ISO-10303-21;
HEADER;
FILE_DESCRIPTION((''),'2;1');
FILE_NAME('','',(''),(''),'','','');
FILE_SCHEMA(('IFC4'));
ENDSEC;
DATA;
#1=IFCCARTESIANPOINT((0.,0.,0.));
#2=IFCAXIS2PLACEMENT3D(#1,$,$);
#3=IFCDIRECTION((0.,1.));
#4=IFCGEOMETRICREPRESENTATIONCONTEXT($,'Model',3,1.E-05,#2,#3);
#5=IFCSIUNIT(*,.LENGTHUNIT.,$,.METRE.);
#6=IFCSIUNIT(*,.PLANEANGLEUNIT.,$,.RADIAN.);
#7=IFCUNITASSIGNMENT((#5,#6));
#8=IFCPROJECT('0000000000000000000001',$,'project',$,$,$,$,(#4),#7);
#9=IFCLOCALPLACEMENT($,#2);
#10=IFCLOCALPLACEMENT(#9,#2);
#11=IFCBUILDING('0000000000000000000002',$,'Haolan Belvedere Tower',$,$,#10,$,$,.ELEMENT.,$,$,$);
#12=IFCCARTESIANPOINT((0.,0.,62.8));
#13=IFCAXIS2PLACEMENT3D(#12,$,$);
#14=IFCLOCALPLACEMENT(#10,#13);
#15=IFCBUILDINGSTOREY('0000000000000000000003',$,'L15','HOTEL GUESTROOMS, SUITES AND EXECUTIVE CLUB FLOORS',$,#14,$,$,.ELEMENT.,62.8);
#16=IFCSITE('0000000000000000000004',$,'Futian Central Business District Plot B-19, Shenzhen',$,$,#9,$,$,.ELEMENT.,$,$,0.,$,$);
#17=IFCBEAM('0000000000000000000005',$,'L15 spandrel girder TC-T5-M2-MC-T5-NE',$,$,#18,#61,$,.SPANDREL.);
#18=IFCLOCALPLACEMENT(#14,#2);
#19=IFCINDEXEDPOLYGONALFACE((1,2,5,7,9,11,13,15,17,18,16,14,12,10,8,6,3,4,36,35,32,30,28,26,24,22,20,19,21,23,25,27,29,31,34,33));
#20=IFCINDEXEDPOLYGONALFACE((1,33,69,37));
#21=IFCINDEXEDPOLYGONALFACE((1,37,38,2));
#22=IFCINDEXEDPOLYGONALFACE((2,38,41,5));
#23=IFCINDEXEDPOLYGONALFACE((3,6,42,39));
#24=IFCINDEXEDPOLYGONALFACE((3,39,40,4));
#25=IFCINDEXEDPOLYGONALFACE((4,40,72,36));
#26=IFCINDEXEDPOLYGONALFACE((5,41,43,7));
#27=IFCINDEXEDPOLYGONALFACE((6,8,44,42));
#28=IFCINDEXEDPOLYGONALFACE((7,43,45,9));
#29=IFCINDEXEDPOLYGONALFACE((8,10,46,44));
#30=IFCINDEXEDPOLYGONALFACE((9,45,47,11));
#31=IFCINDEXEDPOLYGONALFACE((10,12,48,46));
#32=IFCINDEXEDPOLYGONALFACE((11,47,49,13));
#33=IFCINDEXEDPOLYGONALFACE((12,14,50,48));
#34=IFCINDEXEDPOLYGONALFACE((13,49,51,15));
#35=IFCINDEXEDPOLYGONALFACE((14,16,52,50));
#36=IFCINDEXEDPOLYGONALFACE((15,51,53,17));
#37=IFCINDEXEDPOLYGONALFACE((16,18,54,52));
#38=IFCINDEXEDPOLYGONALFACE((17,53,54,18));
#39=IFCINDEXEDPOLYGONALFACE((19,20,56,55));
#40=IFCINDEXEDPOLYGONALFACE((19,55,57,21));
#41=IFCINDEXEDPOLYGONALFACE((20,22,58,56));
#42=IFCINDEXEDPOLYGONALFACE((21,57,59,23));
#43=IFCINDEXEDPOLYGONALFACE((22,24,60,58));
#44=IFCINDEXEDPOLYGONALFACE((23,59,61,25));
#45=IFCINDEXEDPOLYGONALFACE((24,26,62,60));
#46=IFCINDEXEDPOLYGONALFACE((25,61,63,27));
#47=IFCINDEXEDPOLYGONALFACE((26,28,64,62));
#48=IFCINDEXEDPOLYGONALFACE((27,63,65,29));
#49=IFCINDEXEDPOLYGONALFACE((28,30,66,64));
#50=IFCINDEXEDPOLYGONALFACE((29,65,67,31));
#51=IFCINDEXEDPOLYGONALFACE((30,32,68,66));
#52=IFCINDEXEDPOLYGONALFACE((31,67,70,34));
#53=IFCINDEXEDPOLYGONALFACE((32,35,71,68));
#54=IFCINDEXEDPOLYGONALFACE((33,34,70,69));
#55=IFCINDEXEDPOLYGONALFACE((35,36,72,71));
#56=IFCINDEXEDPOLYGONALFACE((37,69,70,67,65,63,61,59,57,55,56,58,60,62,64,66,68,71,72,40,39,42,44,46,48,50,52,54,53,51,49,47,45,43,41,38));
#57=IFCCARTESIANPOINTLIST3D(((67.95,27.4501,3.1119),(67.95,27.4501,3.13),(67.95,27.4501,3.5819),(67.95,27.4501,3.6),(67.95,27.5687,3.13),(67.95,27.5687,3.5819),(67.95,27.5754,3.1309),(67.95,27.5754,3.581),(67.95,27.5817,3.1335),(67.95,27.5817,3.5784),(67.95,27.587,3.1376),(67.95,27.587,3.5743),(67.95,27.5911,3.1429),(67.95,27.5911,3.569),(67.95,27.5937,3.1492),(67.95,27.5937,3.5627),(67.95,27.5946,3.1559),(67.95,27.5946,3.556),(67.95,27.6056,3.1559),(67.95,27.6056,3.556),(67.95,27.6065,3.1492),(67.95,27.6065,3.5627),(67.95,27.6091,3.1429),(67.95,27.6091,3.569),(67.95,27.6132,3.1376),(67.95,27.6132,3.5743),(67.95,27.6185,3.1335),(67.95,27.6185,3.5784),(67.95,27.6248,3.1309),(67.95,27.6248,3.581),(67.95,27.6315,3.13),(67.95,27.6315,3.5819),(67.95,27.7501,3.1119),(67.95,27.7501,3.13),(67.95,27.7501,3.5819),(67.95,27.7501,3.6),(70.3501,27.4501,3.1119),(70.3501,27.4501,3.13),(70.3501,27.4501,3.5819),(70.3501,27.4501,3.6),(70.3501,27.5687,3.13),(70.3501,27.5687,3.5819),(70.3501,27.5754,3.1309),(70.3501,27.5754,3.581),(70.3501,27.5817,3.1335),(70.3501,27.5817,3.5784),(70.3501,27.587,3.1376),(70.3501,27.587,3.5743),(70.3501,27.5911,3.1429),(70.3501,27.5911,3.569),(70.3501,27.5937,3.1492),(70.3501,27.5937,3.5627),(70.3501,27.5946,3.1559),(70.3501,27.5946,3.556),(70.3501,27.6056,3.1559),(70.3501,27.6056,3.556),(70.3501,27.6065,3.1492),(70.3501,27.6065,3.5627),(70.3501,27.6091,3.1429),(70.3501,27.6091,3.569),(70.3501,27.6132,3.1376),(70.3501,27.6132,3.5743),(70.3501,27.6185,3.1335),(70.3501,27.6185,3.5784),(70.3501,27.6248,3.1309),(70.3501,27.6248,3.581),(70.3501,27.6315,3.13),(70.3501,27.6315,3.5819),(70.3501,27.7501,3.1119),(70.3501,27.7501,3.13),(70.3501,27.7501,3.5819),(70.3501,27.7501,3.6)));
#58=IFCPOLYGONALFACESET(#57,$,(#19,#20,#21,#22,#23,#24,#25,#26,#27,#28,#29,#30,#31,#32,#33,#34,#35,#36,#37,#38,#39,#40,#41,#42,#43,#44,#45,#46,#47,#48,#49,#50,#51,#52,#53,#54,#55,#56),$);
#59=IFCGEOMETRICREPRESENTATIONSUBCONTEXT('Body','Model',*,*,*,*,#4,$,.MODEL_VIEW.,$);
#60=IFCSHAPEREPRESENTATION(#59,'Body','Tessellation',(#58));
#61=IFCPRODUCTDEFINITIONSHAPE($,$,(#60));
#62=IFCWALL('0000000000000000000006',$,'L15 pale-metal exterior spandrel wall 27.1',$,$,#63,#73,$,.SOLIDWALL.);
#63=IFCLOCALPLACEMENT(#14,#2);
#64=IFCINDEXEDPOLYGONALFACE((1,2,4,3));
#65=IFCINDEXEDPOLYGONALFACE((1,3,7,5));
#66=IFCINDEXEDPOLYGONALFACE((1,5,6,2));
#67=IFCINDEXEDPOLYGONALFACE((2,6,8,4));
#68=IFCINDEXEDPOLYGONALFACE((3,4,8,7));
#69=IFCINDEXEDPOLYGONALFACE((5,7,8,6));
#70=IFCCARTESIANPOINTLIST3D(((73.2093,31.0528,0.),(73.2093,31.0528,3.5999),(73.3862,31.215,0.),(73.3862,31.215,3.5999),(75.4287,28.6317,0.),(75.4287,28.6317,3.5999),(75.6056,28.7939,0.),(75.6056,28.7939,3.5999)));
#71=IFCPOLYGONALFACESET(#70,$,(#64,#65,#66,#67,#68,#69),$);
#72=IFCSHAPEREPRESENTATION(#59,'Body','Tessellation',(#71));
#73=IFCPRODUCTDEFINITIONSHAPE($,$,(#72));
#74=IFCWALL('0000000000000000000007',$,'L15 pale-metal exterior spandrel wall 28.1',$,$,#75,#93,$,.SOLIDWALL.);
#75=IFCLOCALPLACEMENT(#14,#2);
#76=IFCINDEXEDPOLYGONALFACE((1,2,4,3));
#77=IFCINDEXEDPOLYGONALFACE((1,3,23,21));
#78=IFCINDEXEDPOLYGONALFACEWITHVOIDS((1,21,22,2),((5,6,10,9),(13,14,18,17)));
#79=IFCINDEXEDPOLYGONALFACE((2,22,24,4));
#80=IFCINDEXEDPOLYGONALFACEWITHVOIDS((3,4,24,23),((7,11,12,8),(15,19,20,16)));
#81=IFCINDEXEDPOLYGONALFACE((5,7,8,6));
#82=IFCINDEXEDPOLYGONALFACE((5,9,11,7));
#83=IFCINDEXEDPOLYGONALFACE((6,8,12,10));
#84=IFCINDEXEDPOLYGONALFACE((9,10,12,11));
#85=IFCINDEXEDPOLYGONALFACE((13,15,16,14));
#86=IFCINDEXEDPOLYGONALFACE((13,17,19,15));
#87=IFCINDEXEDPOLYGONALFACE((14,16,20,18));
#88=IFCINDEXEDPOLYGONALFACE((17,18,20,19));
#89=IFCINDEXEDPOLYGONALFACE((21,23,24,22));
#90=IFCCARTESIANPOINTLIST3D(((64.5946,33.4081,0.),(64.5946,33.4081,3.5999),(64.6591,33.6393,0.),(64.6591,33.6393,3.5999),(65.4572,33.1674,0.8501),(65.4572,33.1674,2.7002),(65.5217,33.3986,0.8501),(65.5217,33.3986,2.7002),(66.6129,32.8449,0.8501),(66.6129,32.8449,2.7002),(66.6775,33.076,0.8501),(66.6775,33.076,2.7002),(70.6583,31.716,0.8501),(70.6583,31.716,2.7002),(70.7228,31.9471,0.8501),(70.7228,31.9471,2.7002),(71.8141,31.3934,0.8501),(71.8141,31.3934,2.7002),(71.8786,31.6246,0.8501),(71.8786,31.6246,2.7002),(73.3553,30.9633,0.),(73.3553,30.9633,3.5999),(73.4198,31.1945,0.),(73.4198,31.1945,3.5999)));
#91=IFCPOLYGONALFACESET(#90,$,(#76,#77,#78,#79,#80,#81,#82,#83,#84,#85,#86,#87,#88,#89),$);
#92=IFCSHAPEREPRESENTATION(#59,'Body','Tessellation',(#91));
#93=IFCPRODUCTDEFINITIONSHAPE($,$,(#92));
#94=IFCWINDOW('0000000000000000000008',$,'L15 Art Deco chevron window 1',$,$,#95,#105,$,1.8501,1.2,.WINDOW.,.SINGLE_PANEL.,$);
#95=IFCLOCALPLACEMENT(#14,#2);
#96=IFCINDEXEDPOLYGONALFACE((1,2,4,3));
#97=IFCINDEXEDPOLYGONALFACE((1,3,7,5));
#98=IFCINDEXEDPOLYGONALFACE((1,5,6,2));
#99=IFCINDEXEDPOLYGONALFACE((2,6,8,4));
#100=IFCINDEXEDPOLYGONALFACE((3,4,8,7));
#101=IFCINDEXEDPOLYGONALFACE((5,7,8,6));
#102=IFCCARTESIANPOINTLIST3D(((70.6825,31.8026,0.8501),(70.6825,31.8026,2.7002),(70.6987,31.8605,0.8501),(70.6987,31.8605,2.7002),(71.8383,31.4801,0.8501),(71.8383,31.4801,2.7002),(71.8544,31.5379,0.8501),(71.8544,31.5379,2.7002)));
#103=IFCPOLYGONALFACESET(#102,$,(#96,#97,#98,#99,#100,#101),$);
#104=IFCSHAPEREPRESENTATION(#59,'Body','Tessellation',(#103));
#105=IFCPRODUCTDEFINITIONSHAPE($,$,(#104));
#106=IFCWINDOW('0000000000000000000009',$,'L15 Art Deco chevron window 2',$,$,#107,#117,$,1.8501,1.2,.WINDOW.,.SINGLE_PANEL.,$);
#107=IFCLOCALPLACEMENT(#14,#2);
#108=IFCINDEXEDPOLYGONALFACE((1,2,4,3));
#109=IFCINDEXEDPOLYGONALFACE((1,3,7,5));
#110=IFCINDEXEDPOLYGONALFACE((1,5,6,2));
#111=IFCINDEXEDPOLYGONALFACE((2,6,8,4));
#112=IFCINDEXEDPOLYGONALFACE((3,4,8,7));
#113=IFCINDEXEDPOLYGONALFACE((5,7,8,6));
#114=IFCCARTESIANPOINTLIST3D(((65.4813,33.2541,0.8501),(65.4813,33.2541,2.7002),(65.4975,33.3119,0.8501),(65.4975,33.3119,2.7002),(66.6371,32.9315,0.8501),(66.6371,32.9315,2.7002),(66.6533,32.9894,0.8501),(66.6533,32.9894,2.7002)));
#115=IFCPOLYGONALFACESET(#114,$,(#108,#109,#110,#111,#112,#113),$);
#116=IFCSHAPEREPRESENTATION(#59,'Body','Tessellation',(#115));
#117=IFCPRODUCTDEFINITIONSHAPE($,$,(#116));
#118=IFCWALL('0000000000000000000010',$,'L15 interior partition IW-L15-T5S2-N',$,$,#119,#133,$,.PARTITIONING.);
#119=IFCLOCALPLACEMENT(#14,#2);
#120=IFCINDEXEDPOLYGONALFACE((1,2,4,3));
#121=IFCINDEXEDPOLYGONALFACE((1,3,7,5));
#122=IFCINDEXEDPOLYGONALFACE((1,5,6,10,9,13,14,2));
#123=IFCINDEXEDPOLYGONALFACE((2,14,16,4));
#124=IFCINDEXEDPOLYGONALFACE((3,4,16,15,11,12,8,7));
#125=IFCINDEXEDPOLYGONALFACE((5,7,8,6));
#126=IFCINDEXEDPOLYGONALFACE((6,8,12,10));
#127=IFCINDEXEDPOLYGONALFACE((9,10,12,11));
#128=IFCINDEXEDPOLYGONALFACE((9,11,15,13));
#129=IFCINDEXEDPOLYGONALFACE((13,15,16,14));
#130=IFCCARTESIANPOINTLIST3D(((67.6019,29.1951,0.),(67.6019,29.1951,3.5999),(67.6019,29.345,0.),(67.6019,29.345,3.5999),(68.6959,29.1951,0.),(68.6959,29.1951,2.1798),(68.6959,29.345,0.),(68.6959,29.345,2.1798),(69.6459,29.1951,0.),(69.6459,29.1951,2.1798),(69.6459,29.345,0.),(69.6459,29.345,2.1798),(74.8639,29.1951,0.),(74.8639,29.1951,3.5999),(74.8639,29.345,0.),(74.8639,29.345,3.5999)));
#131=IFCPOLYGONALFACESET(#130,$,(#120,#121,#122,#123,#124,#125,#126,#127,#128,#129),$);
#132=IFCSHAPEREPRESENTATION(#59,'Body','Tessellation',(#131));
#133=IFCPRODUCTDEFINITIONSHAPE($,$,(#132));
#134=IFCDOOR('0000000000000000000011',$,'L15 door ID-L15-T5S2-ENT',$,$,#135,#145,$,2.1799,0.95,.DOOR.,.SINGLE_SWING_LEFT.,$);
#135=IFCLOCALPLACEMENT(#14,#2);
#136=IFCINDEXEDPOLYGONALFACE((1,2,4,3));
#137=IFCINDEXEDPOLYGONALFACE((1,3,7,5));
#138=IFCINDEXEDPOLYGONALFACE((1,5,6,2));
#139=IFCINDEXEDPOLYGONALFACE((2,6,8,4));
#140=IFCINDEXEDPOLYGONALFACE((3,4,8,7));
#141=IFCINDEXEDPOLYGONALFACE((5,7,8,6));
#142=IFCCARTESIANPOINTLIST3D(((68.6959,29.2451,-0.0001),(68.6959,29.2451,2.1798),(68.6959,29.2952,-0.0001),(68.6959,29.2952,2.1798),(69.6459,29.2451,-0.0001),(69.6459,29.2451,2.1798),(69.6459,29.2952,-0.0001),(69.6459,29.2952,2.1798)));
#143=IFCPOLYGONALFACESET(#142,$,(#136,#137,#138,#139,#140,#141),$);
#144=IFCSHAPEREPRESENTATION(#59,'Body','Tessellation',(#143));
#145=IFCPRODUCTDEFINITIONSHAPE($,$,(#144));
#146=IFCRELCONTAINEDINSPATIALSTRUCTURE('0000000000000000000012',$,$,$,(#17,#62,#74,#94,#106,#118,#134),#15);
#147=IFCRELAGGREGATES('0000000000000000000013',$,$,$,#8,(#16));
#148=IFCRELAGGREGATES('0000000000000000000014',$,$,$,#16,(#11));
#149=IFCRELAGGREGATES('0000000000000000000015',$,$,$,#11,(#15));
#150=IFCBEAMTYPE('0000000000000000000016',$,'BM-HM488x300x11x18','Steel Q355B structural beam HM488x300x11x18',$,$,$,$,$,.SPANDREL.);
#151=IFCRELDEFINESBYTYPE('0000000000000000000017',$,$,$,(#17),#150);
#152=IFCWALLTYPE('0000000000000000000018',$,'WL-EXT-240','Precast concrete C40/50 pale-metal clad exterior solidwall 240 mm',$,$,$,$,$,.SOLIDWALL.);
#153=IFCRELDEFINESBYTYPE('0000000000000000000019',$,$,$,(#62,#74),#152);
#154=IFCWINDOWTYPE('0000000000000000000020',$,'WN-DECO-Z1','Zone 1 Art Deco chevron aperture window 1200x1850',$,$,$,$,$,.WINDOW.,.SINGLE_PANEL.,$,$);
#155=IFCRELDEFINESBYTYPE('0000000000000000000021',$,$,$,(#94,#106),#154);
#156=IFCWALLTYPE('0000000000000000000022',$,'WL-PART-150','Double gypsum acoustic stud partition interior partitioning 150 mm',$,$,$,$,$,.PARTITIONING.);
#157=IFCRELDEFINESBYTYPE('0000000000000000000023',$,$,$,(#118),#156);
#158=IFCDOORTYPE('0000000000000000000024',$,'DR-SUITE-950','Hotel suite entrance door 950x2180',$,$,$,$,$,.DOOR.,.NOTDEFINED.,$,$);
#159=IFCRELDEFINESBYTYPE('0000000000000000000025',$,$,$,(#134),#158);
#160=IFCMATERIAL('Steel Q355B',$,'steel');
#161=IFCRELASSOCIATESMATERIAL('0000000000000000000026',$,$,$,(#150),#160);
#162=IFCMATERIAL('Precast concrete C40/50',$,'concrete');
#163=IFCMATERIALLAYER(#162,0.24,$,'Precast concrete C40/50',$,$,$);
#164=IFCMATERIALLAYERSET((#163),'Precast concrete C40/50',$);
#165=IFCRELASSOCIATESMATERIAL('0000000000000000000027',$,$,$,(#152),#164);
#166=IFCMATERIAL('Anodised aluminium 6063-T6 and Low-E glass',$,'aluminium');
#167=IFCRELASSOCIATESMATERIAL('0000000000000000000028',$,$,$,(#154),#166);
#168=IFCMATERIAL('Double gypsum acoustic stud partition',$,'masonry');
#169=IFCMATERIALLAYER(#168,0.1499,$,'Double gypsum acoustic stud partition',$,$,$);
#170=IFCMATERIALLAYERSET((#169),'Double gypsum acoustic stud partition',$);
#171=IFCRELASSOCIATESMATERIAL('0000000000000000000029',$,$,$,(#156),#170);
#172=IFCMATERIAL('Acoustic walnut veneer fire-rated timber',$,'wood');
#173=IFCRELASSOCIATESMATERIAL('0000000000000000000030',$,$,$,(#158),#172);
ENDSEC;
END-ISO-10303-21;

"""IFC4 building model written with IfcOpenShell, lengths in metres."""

from ifc_helpers import new_model, si_unit, direction, frame, frame_2d, origin, origin_2d, place, context, subcontext, project, spatial, rectangle, i_section, extrude, material, layer, layer_set, material_profile, profile_set, type_object, element, fill, save


model = new_model("IFC4")

# Units and contexts
model_context = context("Model", 3, precision=1e-05, world=origin(), true_north=direction((0.0, 1.0)))
body_context = subcontext(model_context, "Body", "Model", "MODEL_VIEW")
ifc_project = project(units=[si_unit("LENGTHUNIT", "METRE"), si_unit("PLANEANGLEUNIT", "RADIAN")], contexts=[model_context])

# Site, building, storey
site_placement = place(None, origin())
site = spatial("IfcSite", under=ifc_project, at=site_placement, Name="Futian Central Business District Plot B-19, Shenzhen", CompositionType="ELEMENT", RefElevation=0.0)
building_placement = place(site_placement, origin())
building = spatial("IfcBuilding", under=site, at=building_placement, Name="Haolan Belvedere Tower", CompositionType="ELEMENT")
storey_placement = place(building_placement, frame((0.0, 0.0, 62.8)))
storey = spatial("IfcBuildingStorey", under=building, at=storey_placement, Name="L15", Description="HOTEL GUESTROOMS, SUITES AND EXECUTIVE CLUB FLOORS", CompositionType="ELEMENT", Elevation=62.8)

# Shared definitions
ifc_material_1 = material(Name="Steel Q355B", Category="steel")

# Beam
ifc_material_profile_1 = material_profile(ifc_material_1, i_section(OverallWidth=0.3, OverallDepth=0.488, WebThickness=0.011, FlangeThickness=0.0181, FilletRadius=0.0259, at=origin_2d()), Name="Steel Q355B")
ifc_profile_set_1 = profile_set([ifc_material_profile_1], Name="Steel Q355B")
beam_type = type_object("IfcBeamType", Name="BM-HM488x300x11x18", Description="Steel Q355B structural beam HM488x300x11x18", PredefinedType="SPANDREL", material=ifc_profile_set_1)
for number, where, z_axis, x_axis, name in (
    (1, (67.95, 27.6001, 3.356), (1.0, 0.0, 0.0), (0.0, 1.0, 0.0), "L15 spandrel girder TC-T5-M2-MC-T5-NE"),
):
    element("IfcBeam", number, at=place(storey_placement, frame(where, z_axis=z_axis, x_axis=x_axis)), inside=storey, type_object=beam_type, Name=name, PredefinedType="SPANDREL", context=body_context, shape_type="SweptSolid", body=[
        extrude(i_section(OverallWidth=0.3, OverallDepth=0.488, WebThickness=0.011, FlangeThickness=0.0181, FilletRadius=0.0259, at=origin_2d()), origin(), (0.0, 0.0, 1.0), 2.4001),
    ])

# Wall
ifc_material_2 = material(Name="Precast concrete C40/50", Category="concrete")
ifc_layer_1 = layer(ifc_material_2, 0.24, Name="Precast concrete C40/50")
ifc_layer_set_1 = layer_set([ifc_layer_1], Name="Precast concrete C40/50")
wall_type_1 = type_object("IfcWallType", Name="WL-EXT-240", Description="Precast concrete C40/50 pale-metal clad exterior solidwall 240 mm", PredefinedType="SOLIDWALL", material=ifc_layer_set_1)
wall_1_placement = place(storey_placement, frame((75.5171, 28.7129, 0.0), z_axis=(0.0, 0.0, 1.0), x_axis=(-0.675741, 0.737139, 0.0)))
element("IfcWall", 2, at=wall_1_placement, inside=storey, type_object=wall_type_1, Name="L15 pale-metal exterior spandrel wall 27.1", PredefinedType="SOLIDWALL", context=body_context, shape_type="SweptSolid", body=[
    extrude(rectangle(XDim=3.2844, YDim=0.24, at=frame_2d((1.6421, 0.0))), origin(), (0.0, 0.0, 1.0), 3.5999),
])

# Wall, openings, windows
wall_2_placement = place(storey_placement, frame((73.3877, 31.0789, 0.0), z_axis=(0.0, 0.0, 1.0), x_axis=(-0.963197, 0.268795, 0.0)))
wall_2 = element("IfcWall", 3, at=wall_2_placement, inside=storey, type_object=wall_type_1, Name="L15 pale-metal exterior spandrel wall 28.1", PredefinedType="SOLIDWALL", context=body_context, shape_type="SweptSolid", body=[
    extrude(rectangle(XDim=9.0955, YDim=0.24, at=frame_2d((4.5479, 0.0))), origin(), (0.0, 0.0, 1.0), 3.5999),
])
opening_1_placement = place(wall_2_placement, frame((1.6001, 0.0, 0.8501)))
opening_1 = element("IfcOpeningElement", 4, at=opening_1_placement, cuts=wall_2, PredefinedType="OPENING", context=body_context, shape_type="SweptSolid", body=[
    extrude(rectangle(XDim=1.2, YDim=1.8501, at=frame_2d((0.6001, 0.925))), frame((0.0, 0.1299, 0.0), z_axis=(0.0, -1.0, 0.0), x_axis=(1.0, 0.0, 0.0)), (0.0, 0.0, 1.0), 0.26),
])
opening_2_placement = place(wall_2_placement, frame((7.0, 0.0, 0.8501)))
opening_2 = element("IfcOpeningElement", 5, at=opening_2_placement, cuts=wall_2, PredefinedType="OPENING", context=body_context, shape_type="SweptSolid", body=[
    extrude(rectangle(XDim=1.2, YDim=1.8501, at=frame_2d((0.6001, 0.925))), frame((0.0, 0.1299, 0.0), z_axis=(0.0, -1.0, 0.0), x_axis=(1.0, 0.0, 0.0)), (0.0, 0.0, 1.0), 0.26),
])
ifc_material_3 = material(Name="Anodised aluminium 6063-T6 and Low-E glass", Category="aluminium")
window_type = type_object("IfcWindowType", Name="WN-DECO-Z1", Description="Zone 1 Art Deco chevron aperture window 1200x1850", PartitioningType="SINGLE_PANEL", PredefinedType="WINDOW", material=ifc_material_3)
window_1_placement = place(opening_1_placement, origin())
window_1 = element("IfcWindow", 6, at=window_1_placement, inside=storey, type_object=window_type, Name="L15 Art Deco chevron window 1", OverallHeight=1.8501, OverallWidth=1.2, PartitioningType="SINGLE_PANEL", PredefinedType="WINDOW", context=body_context, shape_type="SweptSolid", body=[
    extrude(rectangle(XDim=1.2, YDim=1.8501, at=frame_2d((0.6001, 0.925))), frame((0.0, 0.03, 0.0), z_axis=(0.0, -1.0, 0.0), x_axis=(1.0, 0.0, 0.0)), (0.0, 0.0, 1.0), 0.0601),
])
fill(opening_1, window_1)
window_2_placement = place(opening_2_placement, origin())
window_2 = element("IfcWindow", 7, at=window_2_placement, inside=storey, type_object=window_type, Name="L15 Art Deco chevron window 2", OverallHeight=1.8501, OverallWidth=1.2, PartitioningType="SINGLE_PANEL", PredefinedType="WINDOW", context=body_context, shape_type="SweptSolid", body=[
    extrude(rectangle(XDim=1.2, YDim=1.8501, at=frame_2d((0.6001, 0.925))), frame((0.0, 0.03, 0.0), z_axis=(0.0, -1.0, 0.0), x_axis=(1.0, 0.0, 0.0)), (0.0, 0.0, 1.0), 0.0601),
])
fill(opening_2, window_2)

# Wall, opening, door
ifc_material_4 = material(Name="Double gypsum acoustic stud partition", Category="masonry")
ifc_layer_2 = layer(ifc_material_4, 0.1499, Name="Double gypsum acoustic stud partition")
ifc_layer_set_2 = layer_set([ifc_layer_2], Name="Double gypsum acoustic stud partition")
wall_type_2 = type_object("IfcWallType", Name="WL-PART-150", Description="Double gypsum acoustic stud partition interior partitioning 150 mm", PredefinedType="PARTITIONING", material=ifc_layer_set_2)
wall_3_placement = place(storey_placement, frame((67.6021, 29.27, 0.0), z_axis=(0.0, 0.0, 1.0), x_axis=(1.0, 0.0, 0.0)))
wall_3 = element("IfcWall", 8, at=wall_3_placement, inside=storey, type_object=wall_type_2, Name="L15 interior partition IW-L15-T5S2-N", PredefinedType="PARTITIONING", context=body_context, shape_type="SweptSolid", body=[
    extrude(rectangle(XDim=7.262, YDim=0.1499, at=frame_2d((3.6309, 0.0))), origin(), (0.0, 0.0, 1.0), 3.5999),
])
opening_3_placement = place(wall_3_placement, frame((2.0439, 0.0, 0.0), z_axis=(0.0, 0.0, 1.0), x_axis=(-1.0, 0.0, 0.0)))
opening_3 = element("IfcOpeningElement", 9, at=opening_3_placement, cuts=wall_3, PredefinedType="OPENING", context=body_context, shape_type="SweptSolid", body=[
    extrude(rectangle(XDim=0.95, YDim=2.1799, at=frame_2d((0.4751, 1.0898))), frame((0.0, 0.085, 0.0), z_axis=(0.0, -1.0, 0.0), x_axis=(1.0, 0.0, 0.0)), (0.0, 0.0, 1.0), 0.1699),
])
ifc_material_5 = material(Name="Acoustic walnut veneer fire-rated timber", Category="wood")
door_type_1 = type_object("IfcDoorType", Name="DR-SUITE-950", Description="Hotel suite entrance door 950x2180", OperationType="NOTDEFINED", PredefinedType="DOOR", material=ifc_material_5)
door_1_placement = place(opening_3_placement, origin())
door_1 = element("IfcDoor", 10, at=door_1_placement, inside=storey, type_object=door_type_1, Name="L15 door ID-L15-T5S2-ENT", OperationType="SINGLE_SWING_LEFT", OverallHeight=2.1799, OverallWidth=0.95, PredefinedType="DOOR", context=body_context, shape_type="SweptSolid", body=[
    extrude(rectangle(XDim=0.95, YDim=2.1799, at=frame_2d((0.4751, 1.0898))), frame((0.0, 0.0249, 0.0), z_axis=(0.0, -1.0, 0.0), x_axis=(1.0, 0.0, 0.0)), (0.0, 0.0, 1.0), 0.05),
])
fill(opening_3, door_1)

save(model, "model.ifc")
